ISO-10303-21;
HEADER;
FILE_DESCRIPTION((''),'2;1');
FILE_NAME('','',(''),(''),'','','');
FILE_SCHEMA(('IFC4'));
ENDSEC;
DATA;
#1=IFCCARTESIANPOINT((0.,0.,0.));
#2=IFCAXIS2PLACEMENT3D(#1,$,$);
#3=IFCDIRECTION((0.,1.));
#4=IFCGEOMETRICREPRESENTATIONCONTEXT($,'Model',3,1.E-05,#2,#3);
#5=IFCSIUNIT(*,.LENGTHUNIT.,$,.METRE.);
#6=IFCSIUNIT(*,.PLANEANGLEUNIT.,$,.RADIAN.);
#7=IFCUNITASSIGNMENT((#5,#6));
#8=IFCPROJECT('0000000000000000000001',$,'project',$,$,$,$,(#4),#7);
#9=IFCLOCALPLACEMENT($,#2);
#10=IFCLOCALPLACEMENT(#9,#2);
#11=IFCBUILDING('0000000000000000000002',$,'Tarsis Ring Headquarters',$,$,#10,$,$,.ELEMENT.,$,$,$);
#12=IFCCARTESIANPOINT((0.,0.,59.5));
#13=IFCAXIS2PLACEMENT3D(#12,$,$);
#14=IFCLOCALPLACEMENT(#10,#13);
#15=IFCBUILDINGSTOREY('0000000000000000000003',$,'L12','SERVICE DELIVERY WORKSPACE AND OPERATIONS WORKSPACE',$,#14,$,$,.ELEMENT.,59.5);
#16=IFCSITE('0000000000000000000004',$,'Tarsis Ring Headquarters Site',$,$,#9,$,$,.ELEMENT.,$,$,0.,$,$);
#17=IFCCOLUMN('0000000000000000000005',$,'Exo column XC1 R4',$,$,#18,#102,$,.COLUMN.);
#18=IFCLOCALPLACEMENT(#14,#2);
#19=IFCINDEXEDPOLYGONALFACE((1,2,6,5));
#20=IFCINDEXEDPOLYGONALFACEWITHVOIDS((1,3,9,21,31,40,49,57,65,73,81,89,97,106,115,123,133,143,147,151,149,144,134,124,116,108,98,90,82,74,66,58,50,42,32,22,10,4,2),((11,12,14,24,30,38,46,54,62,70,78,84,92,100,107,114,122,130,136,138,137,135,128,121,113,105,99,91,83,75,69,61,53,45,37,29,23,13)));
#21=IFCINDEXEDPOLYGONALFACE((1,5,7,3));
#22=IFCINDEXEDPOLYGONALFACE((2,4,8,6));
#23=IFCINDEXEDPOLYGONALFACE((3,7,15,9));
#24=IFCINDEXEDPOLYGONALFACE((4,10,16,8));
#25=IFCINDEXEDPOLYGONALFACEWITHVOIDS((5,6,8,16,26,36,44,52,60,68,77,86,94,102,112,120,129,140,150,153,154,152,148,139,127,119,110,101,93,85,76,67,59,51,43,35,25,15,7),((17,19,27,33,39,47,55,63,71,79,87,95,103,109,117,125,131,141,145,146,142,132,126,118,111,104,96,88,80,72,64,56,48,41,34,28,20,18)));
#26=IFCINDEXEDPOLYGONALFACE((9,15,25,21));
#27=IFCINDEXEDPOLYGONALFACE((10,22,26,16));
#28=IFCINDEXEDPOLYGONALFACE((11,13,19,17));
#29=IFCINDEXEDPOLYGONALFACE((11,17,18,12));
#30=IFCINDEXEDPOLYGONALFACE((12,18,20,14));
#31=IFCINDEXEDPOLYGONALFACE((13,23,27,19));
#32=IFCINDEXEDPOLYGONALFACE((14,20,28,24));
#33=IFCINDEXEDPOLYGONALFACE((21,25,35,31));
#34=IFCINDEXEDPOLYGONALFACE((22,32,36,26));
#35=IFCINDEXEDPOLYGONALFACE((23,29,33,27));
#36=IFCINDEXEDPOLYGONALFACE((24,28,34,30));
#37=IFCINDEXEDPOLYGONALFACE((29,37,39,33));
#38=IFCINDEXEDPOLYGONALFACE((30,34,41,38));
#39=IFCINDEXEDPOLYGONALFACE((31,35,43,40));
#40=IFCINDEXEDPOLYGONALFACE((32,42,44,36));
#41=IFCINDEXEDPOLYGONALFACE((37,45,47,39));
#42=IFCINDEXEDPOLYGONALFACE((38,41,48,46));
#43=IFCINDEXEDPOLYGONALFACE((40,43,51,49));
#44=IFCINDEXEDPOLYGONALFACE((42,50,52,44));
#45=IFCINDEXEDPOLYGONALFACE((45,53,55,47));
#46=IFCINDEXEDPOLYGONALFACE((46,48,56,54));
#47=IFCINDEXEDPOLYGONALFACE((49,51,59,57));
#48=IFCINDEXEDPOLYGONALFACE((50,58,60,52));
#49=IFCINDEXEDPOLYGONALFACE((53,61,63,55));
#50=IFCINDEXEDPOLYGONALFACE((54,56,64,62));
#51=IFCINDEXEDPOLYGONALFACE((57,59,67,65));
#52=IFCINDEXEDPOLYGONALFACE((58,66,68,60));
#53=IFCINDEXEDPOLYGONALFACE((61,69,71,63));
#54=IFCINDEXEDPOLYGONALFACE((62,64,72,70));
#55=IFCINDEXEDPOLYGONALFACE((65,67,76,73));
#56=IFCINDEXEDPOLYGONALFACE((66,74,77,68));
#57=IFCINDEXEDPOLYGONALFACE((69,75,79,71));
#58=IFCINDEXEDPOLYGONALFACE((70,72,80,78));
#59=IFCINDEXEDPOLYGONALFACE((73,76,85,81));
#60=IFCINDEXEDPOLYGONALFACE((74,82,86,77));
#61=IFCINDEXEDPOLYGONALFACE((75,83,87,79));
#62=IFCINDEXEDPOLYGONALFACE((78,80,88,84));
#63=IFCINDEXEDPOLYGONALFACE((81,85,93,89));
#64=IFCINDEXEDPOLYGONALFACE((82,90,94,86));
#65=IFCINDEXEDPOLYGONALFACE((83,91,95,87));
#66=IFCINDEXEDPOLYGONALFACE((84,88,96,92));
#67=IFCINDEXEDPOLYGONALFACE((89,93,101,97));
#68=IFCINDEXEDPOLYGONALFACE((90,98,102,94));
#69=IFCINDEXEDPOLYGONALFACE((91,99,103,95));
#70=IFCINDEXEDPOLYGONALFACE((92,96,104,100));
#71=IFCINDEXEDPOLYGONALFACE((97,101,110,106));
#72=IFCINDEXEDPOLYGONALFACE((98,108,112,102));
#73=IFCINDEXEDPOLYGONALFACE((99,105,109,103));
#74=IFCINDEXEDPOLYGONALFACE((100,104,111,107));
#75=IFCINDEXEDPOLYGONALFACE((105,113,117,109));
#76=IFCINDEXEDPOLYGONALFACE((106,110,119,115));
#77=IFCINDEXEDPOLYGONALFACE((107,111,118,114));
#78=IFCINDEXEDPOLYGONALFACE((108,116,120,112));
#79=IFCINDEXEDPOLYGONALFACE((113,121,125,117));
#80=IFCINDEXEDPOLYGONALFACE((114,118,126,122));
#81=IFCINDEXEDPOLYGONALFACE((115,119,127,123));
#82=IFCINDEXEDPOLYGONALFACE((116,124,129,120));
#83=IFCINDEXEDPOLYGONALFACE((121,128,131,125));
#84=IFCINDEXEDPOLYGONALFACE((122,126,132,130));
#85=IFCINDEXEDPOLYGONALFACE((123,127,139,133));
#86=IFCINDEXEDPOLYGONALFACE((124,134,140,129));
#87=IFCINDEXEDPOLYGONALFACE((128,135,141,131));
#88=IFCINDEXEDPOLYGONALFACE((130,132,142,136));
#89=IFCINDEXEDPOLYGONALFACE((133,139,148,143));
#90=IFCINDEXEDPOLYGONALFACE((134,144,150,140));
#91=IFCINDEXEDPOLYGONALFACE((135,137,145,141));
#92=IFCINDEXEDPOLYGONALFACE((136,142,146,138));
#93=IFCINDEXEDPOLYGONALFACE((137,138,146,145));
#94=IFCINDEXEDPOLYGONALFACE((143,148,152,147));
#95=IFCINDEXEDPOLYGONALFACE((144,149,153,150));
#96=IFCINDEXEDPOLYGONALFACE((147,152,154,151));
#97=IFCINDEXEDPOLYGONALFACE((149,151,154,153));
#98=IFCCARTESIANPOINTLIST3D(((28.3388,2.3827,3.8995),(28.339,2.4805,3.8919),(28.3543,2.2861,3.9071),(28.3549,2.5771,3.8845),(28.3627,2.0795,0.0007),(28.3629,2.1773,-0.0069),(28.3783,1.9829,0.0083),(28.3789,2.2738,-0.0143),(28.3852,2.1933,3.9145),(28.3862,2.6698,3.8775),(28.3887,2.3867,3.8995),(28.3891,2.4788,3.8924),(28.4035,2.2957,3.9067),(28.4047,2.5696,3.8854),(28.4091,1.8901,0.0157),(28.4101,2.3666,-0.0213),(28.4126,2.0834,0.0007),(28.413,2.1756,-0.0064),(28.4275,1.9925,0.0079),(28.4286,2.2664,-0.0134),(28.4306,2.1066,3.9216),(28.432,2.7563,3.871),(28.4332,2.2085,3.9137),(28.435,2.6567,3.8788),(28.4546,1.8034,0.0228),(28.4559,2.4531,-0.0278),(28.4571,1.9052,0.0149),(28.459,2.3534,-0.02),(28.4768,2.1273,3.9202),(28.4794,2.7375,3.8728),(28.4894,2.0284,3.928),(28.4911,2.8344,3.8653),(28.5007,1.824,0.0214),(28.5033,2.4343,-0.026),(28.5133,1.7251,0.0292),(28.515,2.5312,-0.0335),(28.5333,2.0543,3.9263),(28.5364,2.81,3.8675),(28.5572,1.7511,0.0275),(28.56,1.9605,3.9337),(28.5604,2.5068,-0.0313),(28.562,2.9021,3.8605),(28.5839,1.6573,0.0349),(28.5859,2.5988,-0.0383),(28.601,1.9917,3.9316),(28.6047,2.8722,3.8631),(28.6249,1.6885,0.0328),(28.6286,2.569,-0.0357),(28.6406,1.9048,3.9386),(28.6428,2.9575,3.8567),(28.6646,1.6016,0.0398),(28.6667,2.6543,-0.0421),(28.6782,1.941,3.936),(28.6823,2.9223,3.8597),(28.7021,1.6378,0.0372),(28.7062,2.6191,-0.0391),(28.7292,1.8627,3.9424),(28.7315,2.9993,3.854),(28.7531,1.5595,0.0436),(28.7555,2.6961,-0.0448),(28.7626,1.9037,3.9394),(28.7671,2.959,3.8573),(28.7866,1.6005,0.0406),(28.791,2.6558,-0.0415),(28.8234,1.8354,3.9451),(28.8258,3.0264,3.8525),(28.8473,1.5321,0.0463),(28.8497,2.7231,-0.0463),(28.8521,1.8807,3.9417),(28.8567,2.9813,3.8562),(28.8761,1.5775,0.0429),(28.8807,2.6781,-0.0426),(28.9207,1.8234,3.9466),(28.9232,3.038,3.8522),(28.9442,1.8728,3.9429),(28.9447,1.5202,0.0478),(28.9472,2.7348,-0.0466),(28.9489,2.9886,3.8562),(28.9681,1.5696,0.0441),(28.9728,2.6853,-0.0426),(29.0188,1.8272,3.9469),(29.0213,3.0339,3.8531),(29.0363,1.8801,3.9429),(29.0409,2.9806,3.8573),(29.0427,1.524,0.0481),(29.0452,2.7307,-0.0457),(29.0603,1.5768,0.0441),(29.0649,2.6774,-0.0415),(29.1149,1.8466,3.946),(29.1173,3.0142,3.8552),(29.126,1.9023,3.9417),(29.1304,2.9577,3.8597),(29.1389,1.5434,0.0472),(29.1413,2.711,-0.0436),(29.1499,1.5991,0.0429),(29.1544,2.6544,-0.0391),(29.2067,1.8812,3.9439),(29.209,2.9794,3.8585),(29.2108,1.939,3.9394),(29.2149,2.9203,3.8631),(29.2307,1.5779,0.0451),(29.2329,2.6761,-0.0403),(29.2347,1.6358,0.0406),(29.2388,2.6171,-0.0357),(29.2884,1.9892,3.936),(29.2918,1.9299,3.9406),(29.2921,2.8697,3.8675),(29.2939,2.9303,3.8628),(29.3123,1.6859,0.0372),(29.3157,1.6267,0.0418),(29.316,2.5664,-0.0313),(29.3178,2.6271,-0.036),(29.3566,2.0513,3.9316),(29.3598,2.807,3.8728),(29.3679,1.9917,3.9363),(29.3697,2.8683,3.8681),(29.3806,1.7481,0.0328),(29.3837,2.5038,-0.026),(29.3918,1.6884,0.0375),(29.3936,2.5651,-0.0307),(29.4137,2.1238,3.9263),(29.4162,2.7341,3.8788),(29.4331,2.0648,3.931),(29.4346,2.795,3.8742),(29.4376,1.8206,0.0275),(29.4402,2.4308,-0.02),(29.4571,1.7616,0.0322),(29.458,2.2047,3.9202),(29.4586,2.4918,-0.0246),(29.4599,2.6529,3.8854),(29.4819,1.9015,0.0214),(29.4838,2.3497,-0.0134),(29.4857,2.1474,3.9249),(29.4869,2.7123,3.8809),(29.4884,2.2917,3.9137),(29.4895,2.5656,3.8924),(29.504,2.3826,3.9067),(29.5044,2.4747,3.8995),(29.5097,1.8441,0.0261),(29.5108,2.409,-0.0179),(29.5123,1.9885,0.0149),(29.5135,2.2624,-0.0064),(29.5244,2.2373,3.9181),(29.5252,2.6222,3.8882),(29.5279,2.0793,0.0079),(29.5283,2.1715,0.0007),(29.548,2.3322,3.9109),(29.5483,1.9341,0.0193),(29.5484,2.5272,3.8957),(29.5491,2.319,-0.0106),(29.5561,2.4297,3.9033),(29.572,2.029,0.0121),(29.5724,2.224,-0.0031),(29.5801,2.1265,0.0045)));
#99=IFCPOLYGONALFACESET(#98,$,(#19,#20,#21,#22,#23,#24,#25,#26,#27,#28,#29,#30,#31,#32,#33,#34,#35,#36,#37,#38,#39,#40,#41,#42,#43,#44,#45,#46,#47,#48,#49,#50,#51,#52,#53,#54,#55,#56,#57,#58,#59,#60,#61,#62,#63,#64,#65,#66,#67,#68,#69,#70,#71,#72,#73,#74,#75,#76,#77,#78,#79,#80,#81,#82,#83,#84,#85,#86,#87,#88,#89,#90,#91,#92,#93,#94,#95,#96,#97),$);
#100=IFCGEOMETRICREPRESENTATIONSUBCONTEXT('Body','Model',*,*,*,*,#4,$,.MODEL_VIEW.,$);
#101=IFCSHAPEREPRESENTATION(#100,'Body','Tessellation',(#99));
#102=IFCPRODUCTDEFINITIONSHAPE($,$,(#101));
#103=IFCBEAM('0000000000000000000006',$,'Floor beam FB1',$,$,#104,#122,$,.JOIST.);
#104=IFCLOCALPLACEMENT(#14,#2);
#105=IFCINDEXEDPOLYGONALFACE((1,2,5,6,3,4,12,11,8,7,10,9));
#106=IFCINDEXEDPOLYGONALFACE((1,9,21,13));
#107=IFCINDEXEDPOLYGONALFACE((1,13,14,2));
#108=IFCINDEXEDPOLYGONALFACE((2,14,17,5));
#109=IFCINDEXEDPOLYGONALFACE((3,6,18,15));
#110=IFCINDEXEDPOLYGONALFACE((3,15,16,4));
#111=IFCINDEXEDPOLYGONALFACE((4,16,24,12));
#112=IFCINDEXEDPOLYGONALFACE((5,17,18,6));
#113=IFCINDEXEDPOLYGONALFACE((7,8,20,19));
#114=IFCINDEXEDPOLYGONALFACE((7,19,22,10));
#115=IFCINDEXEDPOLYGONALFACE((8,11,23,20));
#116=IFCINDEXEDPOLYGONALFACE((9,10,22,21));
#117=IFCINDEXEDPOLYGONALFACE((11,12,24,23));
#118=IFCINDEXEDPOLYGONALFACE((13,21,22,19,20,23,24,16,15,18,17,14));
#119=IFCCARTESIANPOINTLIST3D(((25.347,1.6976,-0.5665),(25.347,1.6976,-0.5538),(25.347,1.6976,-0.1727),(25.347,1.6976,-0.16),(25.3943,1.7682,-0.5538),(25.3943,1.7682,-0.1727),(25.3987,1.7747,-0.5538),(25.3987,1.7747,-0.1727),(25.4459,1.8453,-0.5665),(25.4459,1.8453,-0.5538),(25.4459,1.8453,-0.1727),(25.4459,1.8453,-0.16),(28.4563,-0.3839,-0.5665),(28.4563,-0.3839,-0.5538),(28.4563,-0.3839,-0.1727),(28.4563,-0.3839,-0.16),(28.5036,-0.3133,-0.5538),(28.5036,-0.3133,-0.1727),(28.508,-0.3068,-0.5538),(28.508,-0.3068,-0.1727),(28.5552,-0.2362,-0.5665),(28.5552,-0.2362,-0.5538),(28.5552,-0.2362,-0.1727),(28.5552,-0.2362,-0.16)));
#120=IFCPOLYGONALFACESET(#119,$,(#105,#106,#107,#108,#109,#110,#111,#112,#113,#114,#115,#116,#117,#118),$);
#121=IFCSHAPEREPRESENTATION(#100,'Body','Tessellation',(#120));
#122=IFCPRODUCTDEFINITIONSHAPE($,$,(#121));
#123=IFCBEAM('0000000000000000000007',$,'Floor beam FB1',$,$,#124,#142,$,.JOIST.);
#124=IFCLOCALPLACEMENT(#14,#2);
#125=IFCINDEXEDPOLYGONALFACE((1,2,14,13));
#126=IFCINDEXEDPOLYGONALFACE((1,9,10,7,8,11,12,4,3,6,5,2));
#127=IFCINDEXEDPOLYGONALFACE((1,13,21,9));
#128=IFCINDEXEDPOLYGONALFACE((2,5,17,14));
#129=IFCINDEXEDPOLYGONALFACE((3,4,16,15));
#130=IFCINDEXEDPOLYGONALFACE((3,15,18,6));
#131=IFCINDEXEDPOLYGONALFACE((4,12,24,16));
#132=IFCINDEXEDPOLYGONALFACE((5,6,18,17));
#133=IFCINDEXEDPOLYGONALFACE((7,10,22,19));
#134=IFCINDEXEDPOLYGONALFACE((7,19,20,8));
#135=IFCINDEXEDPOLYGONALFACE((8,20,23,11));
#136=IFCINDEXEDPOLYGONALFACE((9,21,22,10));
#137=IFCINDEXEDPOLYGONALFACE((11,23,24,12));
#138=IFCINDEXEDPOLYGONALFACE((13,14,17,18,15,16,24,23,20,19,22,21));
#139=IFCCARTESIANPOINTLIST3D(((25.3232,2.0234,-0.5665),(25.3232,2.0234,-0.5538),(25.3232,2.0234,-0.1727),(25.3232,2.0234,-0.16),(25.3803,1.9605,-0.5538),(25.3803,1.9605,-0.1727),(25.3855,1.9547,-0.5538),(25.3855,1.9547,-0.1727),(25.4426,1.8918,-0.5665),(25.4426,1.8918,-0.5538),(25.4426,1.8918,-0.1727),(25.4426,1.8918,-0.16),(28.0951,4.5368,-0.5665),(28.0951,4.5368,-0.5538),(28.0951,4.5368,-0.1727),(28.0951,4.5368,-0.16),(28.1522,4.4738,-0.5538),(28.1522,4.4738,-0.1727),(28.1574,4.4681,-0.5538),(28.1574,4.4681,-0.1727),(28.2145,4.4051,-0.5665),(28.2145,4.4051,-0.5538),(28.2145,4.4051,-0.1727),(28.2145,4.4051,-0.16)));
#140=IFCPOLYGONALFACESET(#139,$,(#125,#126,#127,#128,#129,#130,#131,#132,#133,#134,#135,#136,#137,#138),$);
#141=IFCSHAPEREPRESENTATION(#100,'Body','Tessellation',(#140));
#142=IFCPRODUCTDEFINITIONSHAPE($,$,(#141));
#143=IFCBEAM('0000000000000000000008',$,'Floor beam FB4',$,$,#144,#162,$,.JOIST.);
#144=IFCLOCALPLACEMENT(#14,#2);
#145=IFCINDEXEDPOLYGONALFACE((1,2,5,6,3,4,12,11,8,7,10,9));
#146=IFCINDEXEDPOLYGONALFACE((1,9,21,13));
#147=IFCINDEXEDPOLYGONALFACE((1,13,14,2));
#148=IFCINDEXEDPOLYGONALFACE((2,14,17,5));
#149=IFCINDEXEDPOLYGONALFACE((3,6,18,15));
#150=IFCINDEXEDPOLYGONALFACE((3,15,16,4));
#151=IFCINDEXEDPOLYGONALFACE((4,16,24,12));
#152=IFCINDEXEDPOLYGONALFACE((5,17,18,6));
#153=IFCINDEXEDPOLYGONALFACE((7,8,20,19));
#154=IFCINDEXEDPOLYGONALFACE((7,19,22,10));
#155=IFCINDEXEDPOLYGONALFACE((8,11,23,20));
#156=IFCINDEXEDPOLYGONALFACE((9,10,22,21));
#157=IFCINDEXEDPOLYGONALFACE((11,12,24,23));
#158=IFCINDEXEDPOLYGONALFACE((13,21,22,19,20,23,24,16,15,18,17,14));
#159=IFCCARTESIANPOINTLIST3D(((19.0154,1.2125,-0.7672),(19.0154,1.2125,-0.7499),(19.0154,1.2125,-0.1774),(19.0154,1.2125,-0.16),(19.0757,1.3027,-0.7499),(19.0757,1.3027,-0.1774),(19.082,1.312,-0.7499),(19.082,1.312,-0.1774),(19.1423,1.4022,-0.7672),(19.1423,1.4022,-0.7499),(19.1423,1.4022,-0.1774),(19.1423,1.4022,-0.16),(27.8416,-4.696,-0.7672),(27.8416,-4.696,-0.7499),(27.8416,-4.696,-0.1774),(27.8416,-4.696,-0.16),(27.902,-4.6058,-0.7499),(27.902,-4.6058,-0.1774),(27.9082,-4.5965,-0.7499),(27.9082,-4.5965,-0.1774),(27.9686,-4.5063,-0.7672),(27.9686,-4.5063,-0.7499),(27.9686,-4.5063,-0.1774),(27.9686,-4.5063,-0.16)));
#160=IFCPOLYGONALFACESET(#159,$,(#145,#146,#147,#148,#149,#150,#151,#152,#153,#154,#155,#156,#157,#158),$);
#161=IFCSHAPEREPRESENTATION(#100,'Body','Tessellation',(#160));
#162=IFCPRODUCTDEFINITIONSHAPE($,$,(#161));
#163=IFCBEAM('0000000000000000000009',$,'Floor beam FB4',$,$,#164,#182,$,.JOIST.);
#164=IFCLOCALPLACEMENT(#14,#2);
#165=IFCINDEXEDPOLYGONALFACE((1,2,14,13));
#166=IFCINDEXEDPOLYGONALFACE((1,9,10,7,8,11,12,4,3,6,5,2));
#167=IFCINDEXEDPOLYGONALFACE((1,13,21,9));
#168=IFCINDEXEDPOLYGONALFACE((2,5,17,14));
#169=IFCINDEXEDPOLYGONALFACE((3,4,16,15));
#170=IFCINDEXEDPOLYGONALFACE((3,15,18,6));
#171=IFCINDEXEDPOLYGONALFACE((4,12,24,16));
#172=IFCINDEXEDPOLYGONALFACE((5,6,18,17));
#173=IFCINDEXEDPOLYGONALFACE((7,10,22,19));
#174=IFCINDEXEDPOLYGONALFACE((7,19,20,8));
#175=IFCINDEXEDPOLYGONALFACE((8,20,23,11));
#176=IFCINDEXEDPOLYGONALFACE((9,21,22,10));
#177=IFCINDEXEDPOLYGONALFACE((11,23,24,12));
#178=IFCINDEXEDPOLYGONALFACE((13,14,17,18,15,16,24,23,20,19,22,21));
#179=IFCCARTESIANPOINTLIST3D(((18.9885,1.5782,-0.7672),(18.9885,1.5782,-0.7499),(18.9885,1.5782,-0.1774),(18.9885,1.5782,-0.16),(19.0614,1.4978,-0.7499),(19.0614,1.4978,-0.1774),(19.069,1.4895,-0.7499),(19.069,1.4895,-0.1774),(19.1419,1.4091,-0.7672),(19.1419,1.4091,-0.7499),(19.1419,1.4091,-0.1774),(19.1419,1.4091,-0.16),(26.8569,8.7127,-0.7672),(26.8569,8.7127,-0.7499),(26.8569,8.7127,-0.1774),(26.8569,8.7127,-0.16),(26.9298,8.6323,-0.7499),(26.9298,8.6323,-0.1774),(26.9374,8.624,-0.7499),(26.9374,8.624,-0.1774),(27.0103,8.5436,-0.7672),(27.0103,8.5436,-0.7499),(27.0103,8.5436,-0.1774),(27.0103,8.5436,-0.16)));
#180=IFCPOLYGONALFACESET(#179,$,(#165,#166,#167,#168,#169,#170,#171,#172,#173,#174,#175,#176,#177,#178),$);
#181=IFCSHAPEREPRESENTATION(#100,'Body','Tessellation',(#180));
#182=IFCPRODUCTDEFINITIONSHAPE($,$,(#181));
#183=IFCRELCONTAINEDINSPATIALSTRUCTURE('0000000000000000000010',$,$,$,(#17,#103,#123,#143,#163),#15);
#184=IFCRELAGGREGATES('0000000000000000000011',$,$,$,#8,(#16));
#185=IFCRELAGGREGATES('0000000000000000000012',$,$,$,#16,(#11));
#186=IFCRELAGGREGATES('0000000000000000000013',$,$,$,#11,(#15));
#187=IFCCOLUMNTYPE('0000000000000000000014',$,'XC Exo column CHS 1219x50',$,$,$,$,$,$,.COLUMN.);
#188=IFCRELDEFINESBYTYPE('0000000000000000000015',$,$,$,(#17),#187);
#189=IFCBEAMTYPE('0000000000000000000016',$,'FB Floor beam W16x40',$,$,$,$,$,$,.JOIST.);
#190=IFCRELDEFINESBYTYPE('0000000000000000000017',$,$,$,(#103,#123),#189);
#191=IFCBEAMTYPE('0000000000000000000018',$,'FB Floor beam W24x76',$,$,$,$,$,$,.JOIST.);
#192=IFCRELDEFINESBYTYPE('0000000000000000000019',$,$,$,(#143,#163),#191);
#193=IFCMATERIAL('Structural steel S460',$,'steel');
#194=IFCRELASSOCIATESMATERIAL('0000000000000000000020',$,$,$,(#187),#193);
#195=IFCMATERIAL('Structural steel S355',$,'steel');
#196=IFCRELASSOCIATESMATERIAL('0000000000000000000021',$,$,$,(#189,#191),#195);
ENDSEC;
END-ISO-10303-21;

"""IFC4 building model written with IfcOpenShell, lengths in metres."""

from ifc_helpers import new_model, si_unit, direction, frame, origin, origin_2d, place, context, subcontext, project, spatial, hollow_circle, i_section, extrude, material, material_profile, profile_set, type_object, element, save


model = new_model("IFC4")

# Units and contexts
model_context = context("Model", 3, precision=1e-05, world=origin(), true_north=direction((0.0, 1.0)))
body_context = subcontext(model_context, "Body", "Model", "MODEL_VIEW")
ifc_project = project(units=[si_unit("LENGTHUNIT", "METRE"), si_unit("PLANEANGLEUNIT", "RADIAN")], contexts=[model_context])

# Site, building, storey
site_placement = place(None, origin())
site = spatial("IfcSite", under=ifc_project, at=site_placement, Name="Tarsis Ring Headquarters Site", CompositionType="ELEMENT", RefElevation=0.0)
building_placement = place(site_placement, origin())
building = spatial("IfcBuilding", under=site, at=building_placement, Name="Tarsis Ring Headquarters", CompositionType="ELEMENT")
storey_placement = place(building_placement, frame((0.0, 0.0, 59.5)))
storey = spatial("IfcBuildingStorey", under=building, at=storey_placement, Name="L12", Description="SERVICE DELIVERY WORKSPACE AND OPERATIONS WORKSPACE", CompositionType="ELEMENT", Elevation=59.5)

# Column
ifc_material_1 = material(Name="Structural steel S460", Category="steel")
ifc_material_profile_1 = material_profile(ifc_material_1, hollow_circle(Radius=0.6096, WallThickness=0.05, at=origin_2d()), Name="CHS 1219x50")
ifc_profile_set_1 = profile_set([ifc_material_profile_1], Name="Structural steel S460")
column_type = type_object("IfcColumnType", Name="XC Exo column CHS 1219x50", PredefinedType="COLUMN", material=ifc_profile_set_1)
column_placement = place(storey_placement, frame((28.9705, 2.1274, 0.0007), z_axis=(-0.006118, 0.07754, 0.99697), x_axis=(-0.996901, -0.078661, 0.0)))
element("IfcColumn", 1, at=column_placement, inside=storey, type_object=column_type, Name="Exo column XC1 R4", PredefinedType="COLUMN", context=body_context, shape_type="SweptSolid", body=[
    extrude(hollow_circle(Radius=0.6096, WallThickness=0.05, at=origin_2d()), origin(), (0.0, 0.0, 1.0), 3.9106),
])

# Beams
ifc_material_2 = material(Name="Structural steel S355", Category="steel")
ifc_material_profile_2 = material_profile(ifc_material_2, i_section(OverallWidth=0.1777, OverallDepth=0.4065, WebThickness=0.0078, FlangeThickness=0.0127, at=origin_2d()), Name="W16x40")
ifc_profile_set_2 = profile_set([ifc_material_profile_2], Name="Structural steel S355")
beam_type_1 = type_object("IfcBeamType", Name="FB Floor beam W16x40", PredefinedType="JOIST", material=ifc_profile_set_2)
for number, where, z_axis, x_axis, name in (
    (2, (25.3965, 1.7715, -0.3633), (0.830985, -0.556295, 0.0), (0.556295, 0.830985, 0.0), "Floor beam FB1"),
    (3, (28.1548, 4.4709, -0.3633), (-0.74081, -0.671714, 0.0), (0.671714, -0.74081, 0.0), "Floor beam FB1"),
):
    element("IfcBeam", number, at=place(storey_placement, frame(where, z_axis=z_axis, x_axis=x_axis)), inside=storey, type_object=beam_type_1, Name=name, PredefinedType="JOIST", context=body_context, shape_type="SweptSolid", body=[
        extrude(i_section(OverallWidth=0.1777, OverallDepth=0.4065, WebThickness=0.0078, FlangeThickness=0.0127, at=origin_2d()), origin(), (0.0, 0.0, 1.0), 3.7417),
    ])
ifc_material_profile_3 = material_profile(ifc_material_2, i_section(OverallWidth=0.2283, OverallDepth=0.6072, WebThickness=0.0112, FlangeThickness=0.0173, at=origin_2d()), Name="W24x76")
ifc_profile_set_3 = profile_set([ifc_material_profile_3], Name="Structural steel S355")
beam_type_2 = type_object("IfcBeamType", Name="FB Floor beam W24x76", PredefinedType="JOIST", material=ifc_profile_set_3)
for number, where, z_axis, x_axis, name in (
    (4, (19.0789, 1.3074, -0.4636), (0.830991, -0.556285, 0.0), (0.556285, 0.830991, 0.0), "Floor beam FB4"),
    (5, (26.9336, 8.6282, -0.4636), (-0.74081, -0.671715, 0.0), (0.671715, -0.74081, 0.0), "Floor beam FB4"),
):
    element("IfcBeam", number, at=place(storey_placement, frame(where, z_axis=z_axis, x_axis=x_axis)), inside=storey, type_object=beam_type_2, Name=name, PredefinedType="JOIST", context=body_context, shape_type="SweptSolid", body=[
        extrude(i_section(OverallWidth=0.2283, OverallDepth=0.6072, WebThickness=0.0112, FlangeThickness=0.0173, at=origin_2d()), origin(), (0.0, 0.0, 1.0), 10.6213),
    ])

save(model, "model.ifc")
